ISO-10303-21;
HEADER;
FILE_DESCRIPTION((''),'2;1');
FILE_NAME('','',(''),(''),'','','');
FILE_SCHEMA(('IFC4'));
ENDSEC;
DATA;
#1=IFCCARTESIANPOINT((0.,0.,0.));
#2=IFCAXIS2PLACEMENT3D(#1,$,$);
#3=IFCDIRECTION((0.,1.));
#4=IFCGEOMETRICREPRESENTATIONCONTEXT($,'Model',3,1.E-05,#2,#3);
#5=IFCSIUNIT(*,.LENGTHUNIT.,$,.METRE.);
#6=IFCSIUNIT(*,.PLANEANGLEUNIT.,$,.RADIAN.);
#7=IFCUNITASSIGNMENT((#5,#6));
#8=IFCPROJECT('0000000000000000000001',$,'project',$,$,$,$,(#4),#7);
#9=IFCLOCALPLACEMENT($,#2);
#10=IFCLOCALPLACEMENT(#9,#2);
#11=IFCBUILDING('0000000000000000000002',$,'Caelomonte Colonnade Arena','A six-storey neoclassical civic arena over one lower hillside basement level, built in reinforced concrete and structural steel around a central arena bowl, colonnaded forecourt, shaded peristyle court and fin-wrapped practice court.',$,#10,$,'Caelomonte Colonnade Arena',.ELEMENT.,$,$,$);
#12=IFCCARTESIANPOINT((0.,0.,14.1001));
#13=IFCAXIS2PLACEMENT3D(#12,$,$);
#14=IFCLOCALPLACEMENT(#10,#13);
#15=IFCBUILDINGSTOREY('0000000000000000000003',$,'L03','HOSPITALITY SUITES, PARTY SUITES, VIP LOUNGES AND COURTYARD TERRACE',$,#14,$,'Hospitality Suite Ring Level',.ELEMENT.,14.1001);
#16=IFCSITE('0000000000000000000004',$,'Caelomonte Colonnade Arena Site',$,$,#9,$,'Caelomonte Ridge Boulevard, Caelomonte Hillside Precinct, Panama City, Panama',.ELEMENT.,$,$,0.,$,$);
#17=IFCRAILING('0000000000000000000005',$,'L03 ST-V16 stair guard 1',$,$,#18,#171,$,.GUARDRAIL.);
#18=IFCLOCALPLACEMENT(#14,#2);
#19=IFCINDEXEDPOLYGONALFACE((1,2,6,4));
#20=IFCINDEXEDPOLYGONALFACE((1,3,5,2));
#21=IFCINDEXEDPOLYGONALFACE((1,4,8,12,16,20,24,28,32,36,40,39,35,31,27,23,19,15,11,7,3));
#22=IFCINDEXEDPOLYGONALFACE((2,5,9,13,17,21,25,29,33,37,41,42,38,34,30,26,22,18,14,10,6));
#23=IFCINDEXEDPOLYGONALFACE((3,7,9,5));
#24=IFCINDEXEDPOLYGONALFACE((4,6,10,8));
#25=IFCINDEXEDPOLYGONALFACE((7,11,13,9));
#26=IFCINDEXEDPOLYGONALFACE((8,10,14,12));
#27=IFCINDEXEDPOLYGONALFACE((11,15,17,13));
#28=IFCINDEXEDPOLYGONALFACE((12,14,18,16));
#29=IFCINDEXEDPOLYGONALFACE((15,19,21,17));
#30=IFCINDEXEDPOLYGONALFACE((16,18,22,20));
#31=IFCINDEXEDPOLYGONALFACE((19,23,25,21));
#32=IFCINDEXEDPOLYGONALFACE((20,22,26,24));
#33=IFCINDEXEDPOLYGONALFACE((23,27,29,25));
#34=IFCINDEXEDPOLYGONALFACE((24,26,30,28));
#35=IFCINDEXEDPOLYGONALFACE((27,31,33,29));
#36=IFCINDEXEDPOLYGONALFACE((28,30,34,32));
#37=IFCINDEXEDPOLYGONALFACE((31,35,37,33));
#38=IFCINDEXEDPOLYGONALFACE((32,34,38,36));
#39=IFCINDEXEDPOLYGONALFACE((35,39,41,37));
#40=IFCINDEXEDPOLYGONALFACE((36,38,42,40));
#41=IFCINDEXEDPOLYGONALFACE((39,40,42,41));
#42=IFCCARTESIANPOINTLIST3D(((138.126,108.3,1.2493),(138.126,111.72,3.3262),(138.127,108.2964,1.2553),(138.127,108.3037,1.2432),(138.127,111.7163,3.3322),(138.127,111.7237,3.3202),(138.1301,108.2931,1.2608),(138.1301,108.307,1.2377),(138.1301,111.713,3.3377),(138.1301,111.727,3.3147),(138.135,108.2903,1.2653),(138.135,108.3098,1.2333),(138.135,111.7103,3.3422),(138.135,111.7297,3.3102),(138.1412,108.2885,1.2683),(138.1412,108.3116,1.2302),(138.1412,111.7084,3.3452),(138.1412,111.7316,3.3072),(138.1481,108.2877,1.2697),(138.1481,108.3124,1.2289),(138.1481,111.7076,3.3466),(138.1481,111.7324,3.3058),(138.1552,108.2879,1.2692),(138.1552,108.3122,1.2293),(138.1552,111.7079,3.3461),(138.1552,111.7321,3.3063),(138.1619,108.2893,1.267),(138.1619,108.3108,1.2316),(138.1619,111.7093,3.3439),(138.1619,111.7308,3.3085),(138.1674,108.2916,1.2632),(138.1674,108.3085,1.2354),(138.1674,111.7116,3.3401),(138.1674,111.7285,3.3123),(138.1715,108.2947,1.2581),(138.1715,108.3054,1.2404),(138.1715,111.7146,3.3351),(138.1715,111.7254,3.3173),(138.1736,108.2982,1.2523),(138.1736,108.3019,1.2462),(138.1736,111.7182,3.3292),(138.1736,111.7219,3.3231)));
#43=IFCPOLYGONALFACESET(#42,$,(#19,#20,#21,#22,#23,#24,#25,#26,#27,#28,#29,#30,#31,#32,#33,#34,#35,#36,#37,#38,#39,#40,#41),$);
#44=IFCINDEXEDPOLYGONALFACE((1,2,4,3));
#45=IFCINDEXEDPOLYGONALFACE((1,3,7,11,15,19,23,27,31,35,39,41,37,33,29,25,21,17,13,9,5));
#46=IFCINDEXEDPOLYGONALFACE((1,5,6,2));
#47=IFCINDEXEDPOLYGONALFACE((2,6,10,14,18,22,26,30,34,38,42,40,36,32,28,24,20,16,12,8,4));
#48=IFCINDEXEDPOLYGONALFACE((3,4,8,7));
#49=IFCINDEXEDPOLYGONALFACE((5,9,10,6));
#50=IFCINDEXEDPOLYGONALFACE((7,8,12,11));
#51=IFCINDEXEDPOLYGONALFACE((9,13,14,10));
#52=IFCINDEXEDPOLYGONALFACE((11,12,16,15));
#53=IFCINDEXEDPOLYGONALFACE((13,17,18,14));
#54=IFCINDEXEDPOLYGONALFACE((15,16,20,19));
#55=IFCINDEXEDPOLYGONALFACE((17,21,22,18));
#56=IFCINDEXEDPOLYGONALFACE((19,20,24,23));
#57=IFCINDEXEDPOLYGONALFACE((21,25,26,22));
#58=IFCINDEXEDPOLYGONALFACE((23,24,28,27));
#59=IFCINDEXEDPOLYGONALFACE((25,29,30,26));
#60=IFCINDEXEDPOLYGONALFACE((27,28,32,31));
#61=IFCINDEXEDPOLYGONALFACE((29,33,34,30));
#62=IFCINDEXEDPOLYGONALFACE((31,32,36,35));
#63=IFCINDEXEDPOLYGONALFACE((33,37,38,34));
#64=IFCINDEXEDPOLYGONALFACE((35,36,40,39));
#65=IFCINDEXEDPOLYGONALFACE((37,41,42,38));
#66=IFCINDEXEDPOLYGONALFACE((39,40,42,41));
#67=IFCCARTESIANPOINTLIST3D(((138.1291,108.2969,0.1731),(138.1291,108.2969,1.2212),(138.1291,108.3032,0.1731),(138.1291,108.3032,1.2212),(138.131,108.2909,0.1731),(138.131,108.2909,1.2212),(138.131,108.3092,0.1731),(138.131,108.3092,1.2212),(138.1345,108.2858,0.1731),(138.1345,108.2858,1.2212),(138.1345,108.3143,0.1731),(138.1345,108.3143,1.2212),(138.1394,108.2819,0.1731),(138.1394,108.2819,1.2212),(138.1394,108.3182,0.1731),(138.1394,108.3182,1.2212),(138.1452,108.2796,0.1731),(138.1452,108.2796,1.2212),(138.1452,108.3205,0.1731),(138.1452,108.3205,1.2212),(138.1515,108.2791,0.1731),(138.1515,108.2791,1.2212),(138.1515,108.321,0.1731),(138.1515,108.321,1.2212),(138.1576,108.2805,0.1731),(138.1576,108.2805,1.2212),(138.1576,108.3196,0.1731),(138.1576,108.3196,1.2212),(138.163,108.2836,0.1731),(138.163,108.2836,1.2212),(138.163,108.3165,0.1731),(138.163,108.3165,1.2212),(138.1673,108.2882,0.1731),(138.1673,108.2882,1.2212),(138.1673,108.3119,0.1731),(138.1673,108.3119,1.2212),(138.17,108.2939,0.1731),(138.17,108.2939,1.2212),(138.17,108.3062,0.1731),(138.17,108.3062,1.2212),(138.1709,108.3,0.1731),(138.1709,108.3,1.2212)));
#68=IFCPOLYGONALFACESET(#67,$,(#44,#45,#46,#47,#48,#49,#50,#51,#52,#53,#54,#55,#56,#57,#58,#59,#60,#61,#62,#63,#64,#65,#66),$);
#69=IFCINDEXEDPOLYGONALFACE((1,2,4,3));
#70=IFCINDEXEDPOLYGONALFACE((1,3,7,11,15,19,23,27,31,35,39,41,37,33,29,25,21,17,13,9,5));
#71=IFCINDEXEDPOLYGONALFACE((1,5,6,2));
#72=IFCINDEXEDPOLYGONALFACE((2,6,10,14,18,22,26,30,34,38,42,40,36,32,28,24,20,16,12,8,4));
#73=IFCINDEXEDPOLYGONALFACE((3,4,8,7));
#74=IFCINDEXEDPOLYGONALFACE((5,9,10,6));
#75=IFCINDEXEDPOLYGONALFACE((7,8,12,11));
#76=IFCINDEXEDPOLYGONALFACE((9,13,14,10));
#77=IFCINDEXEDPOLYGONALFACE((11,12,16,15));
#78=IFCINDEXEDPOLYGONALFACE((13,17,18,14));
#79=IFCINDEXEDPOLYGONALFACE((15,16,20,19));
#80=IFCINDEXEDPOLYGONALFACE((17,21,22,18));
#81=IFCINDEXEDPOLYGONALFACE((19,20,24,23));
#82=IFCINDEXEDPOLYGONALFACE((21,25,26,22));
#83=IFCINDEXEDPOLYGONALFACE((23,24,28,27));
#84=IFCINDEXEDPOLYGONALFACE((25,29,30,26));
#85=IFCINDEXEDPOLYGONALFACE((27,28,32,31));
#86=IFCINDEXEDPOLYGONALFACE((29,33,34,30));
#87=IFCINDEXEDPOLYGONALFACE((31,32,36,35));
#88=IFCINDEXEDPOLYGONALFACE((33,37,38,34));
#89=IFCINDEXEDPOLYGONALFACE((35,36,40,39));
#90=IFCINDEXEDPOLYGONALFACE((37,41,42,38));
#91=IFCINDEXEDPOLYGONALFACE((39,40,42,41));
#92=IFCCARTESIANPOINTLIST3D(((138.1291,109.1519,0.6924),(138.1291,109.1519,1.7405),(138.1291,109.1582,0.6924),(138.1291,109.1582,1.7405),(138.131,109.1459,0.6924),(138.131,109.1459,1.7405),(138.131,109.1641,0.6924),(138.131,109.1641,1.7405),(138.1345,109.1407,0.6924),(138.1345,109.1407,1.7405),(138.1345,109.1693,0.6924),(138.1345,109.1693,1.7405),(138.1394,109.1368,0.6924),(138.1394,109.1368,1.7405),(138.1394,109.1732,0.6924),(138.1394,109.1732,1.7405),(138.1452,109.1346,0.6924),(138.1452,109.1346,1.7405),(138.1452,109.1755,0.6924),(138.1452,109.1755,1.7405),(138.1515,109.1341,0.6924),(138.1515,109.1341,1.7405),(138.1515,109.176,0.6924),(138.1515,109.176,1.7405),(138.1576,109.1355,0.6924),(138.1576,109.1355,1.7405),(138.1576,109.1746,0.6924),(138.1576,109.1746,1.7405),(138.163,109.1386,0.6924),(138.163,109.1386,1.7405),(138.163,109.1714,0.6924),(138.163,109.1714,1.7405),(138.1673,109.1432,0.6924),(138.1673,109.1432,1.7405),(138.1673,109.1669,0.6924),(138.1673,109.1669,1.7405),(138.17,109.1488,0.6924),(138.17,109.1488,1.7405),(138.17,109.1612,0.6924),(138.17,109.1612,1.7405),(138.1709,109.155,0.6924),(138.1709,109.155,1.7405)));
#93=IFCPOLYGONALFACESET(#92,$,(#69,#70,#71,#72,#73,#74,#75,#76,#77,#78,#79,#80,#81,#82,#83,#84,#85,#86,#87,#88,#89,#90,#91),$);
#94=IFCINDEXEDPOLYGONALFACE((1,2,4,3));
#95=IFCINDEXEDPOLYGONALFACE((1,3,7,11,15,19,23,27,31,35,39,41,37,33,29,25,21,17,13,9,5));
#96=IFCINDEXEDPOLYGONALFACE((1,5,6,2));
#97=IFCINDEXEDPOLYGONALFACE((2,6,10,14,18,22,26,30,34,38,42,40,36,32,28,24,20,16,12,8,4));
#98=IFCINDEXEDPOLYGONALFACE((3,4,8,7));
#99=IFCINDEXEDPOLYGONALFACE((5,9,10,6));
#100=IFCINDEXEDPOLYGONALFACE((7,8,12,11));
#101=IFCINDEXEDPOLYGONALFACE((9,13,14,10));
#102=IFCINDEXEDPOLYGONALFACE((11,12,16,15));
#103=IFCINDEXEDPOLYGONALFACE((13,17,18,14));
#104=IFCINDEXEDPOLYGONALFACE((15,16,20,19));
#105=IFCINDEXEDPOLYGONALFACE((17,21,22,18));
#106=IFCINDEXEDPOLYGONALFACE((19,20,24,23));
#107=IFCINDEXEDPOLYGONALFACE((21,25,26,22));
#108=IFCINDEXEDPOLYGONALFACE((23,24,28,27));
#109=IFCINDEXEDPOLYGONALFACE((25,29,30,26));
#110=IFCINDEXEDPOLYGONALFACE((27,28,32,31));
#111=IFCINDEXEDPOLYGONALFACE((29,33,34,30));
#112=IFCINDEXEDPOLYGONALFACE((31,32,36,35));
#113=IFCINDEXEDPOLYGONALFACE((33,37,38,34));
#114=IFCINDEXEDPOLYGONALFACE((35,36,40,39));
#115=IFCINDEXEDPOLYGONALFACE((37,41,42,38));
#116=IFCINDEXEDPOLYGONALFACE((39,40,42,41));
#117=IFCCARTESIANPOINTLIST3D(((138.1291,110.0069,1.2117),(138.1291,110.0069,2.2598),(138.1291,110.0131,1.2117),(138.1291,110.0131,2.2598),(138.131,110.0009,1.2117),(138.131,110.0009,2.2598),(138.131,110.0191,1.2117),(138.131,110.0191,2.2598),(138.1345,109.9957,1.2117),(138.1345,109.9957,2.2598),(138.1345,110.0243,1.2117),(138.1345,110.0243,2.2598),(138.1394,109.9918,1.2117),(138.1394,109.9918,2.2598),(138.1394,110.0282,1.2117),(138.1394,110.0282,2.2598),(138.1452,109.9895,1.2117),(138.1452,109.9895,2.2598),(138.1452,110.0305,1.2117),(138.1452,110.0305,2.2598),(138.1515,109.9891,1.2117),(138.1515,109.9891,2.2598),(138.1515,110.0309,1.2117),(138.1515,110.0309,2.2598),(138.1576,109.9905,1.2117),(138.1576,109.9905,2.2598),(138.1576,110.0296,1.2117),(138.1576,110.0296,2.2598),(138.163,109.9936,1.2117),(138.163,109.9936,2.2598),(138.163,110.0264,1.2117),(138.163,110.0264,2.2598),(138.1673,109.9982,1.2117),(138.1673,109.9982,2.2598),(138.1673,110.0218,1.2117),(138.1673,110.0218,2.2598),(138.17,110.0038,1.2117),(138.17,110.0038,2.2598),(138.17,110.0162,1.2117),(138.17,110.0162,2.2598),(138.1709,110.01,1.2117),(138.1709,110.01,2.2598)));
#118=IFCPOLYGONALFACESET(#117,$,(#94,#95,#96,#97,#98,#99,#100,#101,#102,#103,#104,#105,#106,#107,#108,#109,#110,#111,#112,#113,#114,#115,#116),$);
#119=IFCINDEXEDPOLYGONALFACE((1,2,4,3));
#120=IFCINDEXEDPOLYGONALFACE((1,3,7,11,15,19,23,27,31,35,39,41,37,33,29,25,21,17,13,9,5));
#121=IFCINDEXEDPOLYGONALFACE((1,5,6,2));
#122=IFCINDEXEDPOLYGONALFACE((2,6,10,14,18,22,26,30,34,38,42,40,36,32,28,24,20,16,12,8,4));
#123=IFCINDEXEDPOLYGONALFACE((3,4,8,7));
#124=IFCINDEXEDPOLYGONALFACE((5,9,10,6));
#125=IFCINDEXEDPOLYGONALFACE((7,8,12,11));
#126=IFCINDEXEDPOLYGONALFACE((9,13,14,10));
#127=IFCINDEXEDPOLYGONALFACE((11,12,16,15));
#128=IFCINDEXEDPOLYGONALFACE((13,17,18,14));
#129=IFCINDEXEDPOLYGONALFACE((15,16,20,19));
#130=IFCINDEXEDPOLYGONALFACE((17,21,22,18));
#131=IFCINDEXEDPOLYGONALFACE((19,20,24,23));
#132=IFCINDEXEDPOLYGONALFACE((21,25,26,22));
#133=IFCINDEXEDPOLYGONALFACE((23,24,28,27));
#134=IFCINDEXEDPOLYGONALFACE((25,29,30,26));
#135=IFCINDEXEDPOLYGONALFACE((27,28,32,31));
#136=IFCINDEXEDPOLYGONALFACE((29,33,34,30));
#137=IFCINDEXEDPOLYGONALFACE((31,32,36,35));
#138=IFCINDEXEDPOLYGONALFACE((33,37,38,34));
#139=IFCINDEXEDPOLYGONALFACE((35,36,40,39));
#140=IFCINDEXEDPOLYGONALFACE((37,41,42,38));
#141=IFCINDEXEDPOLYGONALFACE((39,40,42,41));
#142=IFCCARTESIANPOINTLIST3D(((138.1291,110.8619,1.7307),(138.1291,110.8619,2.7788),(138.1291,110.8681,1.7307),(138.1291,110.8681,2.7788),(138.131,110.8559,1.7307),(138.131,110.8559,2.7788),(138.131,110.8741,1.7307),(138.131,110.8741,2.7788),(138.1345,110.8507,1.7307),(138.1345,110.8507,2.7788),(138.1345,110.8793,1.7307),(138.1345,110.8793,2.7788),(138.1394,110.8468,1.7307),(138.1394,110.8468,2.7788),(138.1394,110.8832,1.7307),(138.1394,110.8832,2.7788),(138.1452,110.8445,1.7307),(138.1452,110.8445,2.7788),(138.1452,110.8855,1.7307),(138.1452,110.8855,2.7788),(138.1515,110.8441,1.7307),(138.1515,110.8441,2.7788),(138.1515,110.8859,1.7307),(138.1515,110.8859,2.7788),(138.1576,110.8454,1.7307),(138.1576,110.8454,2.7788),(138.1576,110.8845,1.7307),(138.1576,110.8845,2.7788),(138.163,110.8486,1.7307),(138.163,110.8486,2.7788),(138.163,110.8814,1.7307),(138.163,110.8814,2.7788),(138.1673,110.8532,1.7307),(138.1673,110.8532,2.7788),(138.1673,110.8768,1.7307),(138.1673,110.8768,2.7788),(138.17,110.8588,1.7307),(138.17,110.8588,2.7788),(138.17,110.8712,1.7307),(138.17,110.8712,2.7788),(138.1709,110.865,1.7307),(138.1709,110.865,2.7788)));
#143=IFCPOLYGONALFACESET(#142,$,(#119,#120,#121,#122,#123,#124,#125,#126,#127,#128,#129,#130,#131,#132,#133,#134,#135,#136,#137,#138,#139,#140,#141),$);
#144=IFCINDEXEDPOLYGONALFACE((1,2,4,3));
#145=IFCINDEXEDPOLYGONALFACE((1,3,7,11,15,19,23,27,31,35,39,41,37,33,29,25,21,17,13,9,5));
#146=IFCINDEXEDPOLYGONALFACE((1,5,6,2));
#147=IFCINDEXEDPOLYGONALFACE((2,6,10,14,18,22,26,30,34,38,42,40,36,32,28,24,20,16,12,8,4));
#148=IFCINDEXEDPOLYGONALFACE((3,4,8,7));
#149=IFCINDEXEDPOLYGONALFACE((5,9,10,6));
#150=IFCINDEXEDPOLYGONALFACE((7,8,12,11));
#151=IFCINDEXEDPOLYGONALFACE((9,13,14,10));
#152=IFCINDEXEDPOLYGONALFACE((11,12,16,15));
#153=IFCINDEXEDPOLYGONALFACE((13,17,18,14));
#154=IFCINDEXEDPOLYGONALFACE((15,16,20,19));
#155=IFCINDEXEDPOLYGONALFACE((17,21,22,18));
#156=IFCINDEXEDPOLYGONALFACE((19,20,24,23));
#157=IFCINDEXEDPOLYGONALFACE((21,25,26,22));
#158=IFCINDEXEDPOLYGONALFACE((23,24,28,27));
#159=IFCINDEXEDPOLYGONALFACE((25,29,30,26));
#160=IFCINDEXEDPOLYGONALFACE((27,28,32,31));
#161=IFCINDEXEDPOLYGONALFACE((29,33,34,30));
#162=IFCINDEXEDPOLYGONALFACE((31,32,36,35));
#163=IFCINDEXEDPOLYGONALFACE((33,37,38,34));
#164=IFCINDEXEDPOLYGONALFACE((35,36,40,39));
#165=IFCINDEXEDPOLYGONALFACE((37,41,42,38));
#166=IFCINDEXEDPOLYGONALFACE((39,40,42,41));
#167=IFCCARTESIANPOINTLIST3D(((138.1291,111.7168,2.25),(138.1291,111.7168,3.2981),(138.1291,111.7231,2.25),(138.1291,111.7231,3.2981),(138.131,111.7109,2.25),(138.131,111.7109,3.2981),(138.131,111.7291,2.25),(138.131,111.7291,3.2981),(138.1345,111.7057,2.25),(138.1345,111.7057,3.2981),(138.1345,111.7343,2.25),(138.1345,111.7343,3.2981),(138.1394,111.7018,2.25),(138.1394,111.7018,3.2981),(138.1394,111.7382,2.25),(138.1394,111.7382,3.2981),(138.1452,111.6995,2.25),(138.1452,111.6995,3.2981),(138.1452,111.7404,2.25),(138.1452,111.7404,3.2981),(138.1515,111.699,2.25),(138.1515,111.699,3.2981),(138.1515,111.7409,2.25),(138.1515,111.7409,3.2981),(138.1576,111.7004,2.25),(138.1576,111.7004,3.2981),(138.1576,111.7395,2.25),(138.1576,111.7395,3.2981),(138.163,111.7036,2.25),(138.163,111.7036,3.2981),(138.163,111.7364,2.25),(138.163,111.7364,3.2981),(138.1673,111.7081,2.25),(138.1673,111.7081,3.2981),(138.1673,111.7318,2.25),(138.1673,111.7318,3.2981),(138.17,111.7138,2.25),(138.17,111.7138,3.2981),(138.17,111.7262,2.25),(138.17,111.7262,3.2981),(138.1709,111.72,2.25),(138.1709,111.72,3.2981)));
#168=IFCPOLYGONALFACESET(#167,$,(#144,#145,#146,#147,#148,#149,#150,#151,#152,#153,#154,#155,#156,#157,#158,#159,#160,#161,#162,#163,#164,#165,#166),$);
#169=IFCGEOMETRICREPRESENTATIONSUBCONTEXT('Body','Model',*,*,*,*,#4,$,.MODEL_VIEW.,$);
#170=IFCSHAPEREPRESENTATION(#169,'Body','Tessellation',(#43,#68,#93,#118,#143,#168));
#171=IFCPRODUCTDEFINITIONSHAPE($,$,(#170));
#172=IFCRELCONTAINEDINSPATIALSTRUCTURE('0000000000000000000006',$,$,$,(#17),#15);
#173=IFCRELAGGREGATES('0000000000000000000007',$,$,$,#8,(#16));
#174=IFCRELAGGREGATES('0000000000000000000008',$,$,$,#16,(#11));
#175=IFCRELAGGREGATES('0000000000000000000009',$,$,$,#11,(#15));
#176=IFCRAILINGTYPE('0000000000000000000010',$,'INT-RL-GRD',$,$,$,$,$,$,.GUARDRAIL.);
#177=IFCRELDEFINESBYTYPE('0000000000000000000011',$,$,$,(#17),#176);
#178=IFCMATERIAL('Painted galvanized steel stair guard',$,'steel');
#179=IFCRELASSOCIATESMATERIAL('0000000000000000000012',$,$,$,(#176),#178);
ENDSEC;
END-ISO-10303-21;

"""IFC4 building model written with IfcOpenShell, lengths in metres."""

from ifc_helpers import new_model, si_unit, direction, frame, origin, origin_2d, place, context, subcontext, project, spatial, circle, extrude, material, type_object, element, save


model = new_model("IFC4")

# Units and contexts
model_context = context("Model", 3, precision=1e-05, world=origin(), true_north=direction((0.0, 1.0)))
body_context = subcontext(model_context, "Body", "Model", "MODEL_VIEW")
ifc_project = project(units=[si_unit("LENGTHUNIT", "METRE"), si_unit("PLANEANGLEUNIT", "RADIAN")], contexts=[model_context])

# Site, building, storey
site_placement = place(None, origin())
site = spatial("IfcSite", under=ifc_project, at=site_placement, Name="Caelomonte Colonnade Arena Site", LongName="Caelomonte Ridge Boulevard, Caelomonte Hillside Precinct, Panama City, Panama", CompositionType="ELEMENT", RefElevation=0.0)
building_placement = place(site_placement, origin())
building = spatial("IfcBuilding", under=site, at=building_placement, Name="Caelomonte Colonnade Arena", Description="A six-storey neoclassical civic arena over one lower hillside basement level, built in reinforced concrete and structural steel around a central arena bowl, colonnaded forecourt, shaded peristyle court and fin-wrapped practice court.", LongName="Caelomonte Colonnade Arena", CompositionType="ELEMENT")
storey_placement = place(building_placement, frame((0.0, 0.0, 14.1001)))
storey = spatial("IfcBuildingStorey", under=building, at=storey_placement, Name="L03", Description="HOSPITALITY SUITES, PARTY SUITES, VIP LOUNGES AND COURTYARD TERRACE", LongName="Hospitality Suite Ring Level", CompositionType="ELEMENT", Elevation=14.1001)

# Railing
ifc_material_1 = material(Name="Painted galvanized steel stair guard", Category="steel")
railing_type_1 = type_object("IfcRailingType", Name="INT-RL-GRD", PredefinedType="GUARDRAIL", material=ifc_material_1)
railing_1_placement = place(storey_placement, frame((138.1499, 108.3, 0.1731)))
element("IfcRailing", 1, at=railing_1_placement, inside=storey, type_object=railing_type_1, Name="L03 ST-V16 stair guard 1", PredefinedType="GUARDRAIL", context=body_context, shape_type="SweptSolid", body=[
    extrude(circle(Radius=0.0239, at=origin_2d()), frame((0.0, 0.0, 1.0762), z_axis=(0.0, 0.85473, 0.519074), x_axis=(-1.0, 0.0, 0.0)), (0.0, 0.0, 1.0), 4.0012),
    extrude(circle(Radius=0.021, at=origin_2d()), origin(), (0.0, 0.0, 1.0), 1.0481),
    extrude(circle(Radius=0.021, at=origin_2d()), frame((0.0, 0.855, 0.5193)), (0.0, 0.0, 1.0), 1.0481),
    extrude(circle(Radius=0.021, at=origin_2d()), frame((0.0, 1.71, 1.0386)), (0.0, 0.0, 1.0), 1.0481),
    extrude(circle(Radius=0.021, at=origin_2d()), frame((0.0, 2.5649, 1.5576)), (0.0, 0.0, 1.0), 1.0481),
    extrude(circle(Radius=0.021, at=origin_2d()), frame((0.0, 3.4199, 2.0769)), (0.0, 0.0, 1.0), 1.0481),
])

save(model, "model.ifc")
